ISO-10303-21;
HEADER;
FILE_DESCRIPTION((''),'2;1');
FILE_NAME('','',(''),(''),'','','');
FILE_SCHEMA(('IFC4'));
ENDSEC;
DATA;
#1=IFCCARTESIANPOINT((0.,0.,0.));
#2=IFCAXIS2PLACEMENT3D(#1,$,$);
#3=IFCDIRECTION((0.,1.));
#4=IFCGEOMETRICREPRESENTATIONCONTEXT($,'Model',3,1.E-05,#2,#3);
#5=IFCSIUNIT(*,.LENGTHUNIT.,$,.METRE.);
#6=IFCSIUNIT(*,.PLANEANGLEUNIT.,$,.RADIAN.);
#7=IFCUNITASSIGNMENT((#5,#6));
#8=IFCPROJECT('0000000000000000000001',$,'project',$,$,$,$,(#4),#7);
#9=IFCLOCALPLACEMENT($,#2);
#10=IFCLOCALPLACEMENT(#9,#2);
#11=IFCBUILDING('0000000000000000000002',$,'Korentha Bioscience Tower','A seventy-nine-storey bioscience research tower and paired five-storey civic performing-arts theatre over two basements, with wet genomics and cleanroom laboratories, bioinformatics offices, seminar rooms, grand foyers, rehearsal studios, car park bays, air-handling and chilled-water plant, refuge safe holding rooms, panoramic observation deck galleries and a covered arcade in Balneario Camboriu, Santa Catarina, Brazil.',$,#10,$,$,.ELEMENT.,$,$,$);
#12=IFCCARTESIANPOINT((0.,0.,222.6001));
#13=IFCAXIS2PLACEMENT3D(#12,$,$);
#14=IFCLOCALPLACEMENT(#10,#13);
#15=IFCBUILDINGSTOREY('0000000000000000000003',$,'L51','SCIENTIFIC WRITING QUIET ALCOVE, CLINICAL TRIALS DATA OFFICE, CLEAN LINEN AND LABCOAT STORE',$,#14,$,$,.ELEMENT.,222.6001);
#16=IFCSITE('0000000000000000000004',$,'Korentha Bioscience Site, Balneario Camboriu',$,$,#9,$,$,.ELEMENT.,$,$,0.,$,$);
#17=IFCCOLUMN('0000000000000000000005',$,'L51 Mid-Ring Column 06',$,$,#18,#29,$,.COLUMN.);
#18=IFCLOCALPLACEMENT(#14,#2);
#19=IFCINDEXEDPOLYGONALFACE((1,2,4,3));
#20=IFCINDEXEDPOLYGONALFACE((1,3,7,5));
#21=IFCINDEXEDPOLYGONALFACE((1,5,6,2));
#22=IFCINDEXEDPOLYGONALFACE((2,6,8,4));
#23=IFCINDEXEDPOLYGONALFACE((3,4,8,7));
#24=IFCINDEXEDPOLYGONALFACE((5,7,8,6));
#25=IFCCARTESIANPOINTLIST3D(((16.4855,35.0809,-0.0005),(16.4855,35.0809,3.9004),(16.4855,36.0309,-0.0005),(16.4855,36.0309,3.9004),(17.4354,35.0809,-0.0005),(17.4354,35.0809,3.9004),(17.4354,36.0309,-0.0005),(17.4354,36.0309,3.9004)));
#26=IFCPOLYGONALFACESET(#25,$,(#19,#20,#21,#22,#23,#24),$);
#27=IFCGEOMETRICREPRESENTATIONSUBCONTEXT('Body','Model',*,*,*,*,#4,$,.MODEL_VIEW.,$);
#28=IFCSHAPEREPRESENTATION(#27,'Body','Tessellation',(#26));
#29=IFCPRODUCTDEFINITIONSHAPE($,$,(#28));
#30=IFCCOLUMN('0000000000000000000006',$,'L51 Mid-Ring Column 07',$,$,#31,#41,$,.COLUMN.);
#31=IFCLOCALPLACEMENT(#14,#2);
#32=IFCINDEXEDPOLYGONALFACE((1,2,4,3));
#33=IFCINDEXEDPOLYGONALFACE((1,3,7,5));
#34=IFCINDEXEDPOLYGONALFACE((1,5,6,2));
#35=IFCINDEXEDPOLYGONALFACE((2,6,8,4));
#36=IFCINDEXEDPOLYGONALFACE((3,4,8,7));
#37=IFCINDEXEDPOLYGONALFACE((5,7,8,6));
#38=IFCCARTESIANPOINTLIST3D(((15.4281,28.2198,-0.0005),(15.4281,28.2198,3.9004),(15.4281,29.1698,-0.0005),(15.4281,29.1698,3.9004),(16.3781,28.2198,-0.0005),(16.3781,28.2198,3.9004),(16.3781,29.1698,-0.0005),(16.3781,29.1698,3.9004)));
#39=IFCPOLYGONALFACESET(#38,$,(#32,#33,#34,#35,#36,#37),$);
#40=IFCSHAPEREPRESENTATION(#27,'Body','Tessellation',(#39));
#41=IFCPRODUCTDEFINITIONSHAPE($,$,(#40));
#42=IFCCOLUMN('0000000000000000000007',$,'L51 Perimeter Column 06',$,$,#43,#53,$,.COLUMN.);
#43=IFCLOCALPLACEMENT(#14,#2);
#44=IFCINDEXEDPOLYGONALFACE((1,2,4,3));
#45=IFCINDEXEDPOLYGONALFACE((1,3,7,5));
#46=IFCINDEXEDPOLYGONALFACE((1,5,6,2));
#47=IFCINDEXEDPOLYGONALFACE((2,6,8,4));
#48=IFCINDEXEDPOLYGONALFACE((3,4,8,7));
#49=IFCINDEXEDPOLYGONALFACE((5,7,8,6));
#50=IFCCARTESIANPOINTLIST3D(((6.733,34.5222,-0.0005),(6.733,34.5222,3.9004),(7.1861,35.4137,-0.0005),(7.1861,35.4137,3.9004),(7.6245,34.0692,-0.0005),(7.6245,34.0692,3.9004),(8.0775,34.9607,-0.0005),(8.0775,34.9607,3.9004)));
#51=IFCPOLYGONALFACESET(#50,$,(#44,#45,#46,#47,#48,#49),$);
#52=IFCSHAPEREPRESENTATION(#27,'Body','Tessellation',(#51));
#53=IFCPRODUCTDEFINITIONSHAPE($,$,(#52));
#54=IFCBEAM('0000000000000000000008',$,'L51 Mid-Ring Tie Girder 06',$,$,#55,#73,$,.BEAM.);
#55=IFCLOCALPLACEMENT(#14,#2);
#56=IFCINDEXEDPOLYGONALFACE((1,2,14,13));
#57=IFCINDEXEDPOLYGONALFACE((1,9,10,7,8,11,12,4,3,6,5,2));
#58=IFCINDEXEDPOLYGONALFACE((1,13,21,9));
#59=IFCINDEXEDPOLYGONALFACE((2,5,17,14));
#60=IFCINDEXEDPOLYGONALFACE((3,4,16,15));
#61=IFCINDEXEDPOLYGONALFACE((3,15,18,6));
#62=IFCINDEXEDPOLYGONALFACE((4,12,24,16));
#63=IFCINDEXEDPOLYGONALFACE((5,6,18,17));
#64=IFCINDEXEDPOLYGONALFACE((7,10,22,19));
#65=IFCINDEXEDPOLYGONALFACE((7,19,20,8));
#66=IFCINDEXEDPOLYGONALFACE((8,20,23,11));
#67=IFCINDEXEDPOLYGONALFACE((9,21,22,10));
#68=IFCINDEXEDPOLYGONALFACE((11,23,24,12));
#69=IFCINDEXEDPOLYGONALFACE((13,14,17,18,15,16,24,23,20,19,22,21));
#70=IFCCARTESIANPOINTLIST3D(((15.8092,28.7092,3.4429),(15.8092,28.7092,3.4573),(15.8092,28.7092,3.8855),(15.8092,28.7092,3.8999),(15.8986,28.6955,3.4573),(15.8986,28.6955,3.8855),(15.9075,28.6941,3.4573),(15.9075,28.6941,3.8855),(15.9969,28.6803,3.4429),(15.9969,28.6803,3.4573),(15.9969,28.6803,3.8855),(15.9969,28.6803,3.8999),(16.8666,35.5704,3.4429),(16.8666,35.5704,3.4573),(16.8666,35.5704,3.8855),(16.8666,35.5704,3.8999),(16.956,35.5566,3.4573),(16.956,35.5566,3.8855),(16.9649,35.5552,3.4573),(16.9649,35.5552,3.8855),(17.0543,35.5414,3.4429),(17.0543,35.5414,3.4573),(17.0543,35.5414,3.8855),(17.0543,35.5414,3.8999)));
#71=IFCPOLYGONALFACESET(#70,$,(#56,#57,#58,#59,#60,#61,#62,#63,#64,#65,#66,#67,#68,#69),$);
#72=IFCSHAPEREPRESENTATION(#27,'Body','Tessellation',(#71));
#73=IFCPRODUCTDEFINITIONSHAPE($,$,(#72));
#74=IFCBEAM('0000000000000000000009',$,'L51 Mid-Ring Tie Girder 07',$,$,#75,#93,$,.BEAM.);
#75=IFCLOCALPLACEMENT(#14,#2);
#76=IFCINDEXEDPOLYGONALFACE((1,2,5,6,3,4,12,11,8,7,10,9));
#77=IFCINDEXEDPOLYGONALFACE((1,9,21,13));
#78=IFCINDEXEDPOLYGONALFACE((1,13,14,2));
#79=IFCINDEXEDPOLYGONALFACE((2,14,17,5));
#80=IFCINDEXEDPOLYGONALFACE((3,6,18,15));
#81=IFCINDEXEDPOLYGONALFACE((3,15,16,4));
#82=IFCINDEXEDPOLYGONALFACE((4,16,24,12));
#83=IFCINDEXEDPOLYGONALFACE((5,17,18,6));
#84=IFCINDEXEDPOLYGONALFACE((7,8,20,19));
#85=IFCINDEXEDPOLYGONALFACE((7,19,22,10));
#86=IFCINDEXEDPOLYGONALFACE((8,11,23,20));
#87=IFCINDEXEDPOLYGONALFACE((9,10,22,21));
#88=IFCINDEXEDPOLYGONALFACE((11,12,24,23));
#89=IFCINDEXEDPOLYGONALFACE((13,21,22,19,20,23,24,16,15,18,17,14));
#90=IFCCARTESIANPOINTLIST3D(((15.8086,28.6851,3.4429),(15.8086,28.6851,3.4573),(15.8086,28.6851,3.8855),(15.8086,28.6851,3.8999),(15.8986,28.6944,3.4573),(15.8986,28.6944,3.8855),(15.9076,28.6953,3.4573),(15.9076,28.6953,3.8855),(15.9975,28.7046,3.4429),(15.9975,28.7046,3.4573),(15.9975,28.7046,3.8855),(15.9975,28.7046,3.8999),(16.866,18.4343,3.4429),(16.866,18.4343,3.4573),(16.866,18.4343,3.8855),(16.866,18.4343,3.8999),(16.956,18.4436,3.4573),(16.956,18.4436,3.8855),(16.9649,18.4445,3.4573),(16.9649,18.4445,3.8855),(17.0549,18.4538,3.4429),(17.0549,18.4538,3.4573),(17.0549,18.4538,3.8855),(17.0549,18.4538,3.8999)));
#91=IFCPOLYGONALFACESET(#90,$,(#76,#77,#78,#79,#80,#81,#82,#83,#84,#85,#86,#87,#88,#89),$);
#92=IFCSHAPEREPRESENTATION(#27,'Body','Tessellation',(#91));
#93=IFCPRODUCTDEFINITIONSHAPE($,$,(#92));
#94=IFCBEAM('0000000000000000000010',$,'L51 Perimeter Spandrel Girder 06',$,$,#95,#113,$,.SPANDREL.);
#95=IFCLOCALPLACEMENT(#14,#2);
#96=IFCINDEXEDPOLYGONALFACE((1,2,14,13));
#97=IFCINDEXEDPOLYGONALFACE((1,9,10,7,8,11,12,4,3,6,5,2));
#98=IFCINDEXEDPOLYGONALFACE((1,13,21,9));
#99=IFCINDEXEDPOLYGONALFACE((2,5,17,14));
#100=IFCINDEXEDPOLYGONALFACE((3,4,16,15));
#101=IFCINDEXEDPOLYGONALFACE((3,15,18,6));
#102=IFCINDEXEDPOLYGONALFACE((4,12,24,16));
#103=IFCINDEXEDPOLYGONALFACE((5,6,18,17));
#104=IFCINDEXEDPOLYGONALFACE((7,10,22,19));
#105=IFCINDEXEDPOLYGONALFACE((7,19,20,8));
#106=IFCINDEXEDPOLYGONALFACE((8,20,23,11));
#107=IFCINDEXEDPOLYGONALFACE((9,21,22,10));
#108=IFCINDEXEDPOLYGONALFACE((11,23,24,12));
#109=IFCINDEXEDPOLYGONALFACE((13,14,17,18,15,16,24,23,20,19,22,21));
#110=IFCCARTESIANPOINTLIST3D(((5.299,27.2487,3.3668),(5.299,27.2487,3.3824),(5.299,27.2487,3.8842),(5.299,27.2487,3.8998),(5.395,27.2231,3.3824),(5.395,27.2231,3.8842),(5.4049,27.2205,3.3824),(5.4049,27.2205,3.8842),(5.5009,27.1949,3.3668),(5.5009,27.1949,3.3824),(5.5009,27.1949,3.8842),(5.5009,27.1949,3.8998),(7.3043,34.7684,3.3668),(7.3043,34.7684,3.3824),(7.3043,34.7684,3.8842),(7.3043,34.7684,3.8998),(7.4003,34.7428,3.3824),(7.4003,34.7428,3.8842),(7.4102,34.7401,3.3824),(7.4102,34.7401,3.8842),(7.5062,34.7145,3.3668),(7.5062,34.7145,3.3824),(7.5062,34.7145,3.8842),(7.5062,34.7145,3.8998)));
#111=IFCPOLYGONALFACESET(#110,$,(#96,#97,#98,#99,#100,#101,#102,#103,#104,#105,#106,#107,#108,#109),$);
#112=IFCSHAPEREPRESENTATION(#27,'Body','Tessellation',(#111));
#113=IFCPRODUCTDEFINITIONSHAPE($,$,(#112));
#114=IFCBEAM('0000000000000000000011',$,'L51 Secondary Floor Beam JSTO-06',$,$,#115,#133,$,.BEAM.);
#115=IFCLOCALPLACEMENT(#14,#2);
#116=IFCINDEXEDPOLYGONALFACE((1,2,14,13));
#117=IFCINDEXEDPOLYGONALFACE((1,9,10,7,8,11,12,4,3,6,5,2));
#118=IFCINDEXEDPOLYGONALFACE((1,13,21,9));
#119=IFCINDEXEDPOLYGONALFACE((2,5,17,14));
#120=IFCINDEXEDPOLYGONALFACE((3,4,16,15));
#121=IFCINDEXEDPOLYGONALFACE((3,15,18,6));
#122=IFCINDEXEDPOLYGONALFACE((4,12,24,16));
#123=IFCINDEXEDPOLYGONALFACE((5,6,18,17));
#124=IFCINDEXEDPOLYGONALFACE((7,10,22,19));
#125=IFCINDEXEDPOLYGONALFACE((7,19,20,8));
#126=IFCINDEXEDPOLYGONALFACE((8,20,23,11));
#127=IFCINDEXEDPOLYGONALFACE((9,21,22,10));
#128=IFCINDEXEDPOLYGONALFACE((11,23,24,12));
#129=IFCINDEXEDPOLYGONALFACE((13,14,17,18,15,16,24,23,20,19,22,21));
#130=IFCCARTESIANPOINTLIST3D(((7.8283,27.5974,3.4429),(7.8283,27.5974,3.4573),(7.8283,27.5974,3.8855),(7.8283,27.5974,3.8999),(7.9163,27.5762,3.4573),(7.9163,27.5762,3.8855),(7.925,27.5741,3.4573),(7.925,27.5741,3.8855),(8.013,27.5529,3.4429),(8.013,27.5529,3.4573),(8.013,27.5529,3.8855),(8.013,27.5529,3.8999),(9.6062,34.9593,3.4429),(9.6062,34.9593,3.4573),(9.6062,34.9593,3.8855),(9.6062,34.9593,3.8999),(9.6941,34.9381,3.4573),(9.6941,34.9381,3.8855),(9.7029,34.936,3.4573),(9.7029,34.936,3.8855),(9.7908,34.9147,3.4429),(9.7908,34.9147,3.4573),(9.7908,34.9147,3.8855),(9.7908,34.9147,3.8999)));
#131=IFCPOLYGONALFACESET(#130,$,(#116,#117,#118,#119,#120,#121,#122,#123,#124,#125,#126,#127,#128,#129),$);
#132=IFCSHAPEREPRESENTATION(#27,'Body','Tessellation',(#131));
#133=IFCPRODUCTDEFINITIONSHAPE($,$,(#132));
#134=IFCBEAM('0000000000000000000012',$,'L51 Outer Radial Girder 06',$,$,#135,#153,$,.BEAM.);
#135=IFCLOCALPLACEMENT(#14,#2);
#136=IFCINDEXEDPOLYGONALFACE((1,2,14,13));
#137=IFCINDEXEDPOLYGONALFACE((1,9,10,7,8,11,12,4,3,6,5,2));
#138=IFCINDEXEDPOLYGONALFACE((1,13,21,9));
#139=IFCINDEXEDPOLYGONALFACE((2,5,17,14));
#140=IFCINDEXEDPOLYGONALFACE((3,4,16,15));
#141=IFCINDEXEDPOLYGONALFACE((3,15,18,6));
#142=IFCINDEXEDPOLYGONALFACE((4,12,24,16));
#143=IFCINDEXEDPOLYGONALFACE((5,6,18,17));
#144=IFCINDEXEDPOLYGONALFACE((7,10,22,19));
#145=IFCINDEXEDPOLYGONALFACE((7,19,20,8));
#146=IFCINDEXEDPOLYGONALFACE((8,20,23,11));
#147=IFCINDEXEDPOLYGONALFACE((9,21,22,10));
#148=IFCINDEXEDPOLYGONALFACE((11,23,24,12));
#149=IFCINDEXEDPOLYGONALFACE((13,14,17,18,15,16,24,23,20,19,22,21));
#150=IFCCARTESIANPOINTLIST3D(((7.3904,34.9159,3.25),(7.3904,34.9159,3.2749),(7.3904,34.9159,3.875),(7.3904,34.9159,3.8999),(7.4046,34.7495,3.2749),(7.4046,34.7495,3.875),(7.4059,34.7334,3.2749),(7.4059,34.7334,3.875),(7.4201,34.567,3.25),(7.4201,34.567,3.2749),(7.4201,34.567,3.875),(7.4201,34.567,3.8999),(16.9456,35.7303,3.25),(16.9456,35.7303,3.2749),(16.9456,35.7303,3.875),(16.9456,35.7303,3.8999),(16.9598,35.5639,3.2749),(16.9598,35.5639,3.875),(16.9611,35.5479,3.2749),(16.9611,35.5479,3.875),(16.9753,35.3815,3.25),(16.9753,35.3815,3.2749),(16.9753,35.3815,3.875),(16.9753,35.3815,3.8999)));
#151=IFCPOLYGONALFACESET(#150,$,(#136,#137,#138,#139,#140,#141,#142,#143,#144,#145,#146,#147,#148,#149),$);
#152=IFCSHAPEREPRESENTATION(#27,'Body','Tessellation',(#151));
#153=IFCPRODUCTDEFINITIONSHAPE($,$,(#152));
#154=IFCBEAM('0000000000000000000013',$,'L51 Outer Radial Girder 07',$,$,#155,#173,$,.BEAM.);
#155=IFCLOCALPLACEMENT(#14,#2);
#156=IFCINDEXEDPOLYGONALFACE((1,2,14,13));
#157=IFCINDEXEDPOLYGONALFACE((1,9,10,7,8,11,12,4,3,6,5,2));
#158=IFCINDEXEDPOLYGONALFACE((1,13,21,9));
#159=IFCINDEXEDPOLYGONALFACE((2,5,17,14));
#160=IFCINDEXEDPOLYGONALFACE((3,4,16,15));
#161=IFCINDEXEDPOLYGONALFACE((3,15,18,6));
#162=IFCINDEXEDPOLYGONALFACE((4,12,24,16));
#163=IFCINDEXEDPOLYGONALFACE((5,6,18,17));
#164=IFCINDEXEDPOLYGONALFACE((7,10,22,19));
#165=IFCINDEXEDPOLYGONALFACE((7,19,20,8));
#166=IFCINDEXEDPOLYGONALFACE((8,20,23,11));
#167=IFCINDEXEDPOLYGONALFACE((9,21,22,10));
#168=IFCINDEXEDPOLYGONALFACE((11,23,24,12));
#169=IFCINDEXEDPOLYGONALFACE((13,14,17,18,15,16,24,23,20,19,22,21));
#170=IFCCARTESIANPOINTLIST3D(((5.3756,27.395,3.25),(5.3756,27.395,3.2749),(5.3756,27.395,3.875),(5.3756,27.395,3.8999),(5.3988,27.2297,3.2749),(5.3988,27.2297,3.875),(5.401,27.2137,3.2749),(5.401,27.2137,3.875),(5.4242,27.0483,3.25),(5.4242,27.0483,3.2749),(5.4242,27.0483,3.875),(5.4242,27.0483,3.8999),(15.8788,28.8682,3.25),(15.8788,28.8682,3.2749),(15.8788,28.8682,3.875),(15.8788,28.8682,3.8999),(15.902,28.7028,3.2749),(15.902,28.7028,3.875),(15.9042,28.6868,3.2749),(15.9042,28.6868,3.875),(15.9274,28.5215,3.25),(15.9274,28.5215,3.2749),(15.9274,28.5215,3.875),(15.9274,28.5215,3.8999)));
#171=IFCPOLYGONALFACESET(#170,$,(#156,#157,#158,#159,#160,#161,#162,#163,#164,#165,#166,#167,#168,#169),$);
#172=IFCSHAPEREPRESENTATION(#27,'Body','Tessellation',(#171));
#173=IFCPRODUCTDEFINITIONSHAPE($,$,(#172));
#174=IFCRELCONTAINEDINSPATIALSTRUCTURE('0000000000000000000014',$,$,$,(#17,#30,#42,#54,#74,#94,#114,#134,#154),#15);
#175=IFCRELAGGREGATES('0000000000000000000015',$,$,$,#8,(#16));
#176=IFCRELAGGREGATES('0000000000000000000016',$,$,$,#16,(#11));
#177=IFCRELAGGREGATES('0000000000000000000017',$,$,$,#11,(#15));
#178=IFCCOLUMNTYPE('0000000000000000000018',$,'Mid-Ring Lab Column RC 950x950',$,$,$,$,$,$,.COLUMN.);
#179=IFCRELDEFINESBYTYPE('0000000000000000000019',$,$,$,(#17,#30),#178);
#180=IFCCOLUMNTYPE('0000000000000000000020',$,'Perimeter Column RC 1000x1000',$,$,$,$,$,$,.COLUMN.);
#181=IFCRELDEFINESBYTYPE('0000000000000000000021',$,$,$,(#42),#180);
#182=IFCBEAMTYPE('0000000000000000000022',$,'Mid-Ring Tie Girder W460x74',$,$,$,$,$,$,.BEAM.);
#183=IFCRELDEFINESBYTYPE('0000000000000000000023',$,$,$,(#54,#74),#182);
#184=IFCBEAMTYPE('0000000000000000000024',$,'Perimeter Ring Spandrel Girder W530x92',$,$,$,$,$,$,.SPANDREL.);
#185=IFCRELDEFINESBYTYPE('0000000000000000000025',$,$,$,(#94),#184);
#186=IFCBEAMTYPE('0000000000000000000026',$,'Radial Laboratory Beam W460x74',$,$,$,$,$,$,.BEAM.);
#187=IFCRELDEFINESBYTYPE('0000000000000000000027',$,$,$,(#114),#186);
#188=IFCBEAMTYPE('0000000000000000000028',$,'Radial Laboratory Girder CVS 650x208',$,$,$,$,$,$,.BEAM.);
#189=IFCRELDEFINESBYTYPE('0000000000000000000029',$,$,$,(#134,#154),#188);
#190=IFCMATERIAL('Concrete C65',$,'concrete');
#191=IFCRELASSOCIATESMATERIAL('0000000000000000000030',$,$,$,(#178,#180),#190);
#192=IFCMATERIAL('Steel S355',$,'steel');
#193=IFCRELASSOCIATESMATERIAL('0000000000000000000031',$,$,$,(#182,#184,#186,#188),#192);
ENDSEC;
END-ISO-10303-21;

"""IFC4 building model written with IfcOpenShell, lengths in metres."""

from ifc_helpers import new_model, si_unit, direction, frame, origin, origin_2d, place, context, subcontext, project, spatial, rectangle, i_section, extrude, material, material_profile, profile_set, type_object, element, save


model = new_model("IFC4")

# Units and contexts
model_context = context("Model", 3, precision=1e-05, world=origin(), true_north=direction((0.0, 1.0)))
body_context = subcontext(model_context, "Body", "Model", "MODEL_VIEW")
ifc_project = project(units=[si_unit("LENGTHUNIT", "METRE"), si_unit("PLANEANGLEUNIT", "RADIAN")], contexts=[model_context])

# Site, building, storey
site_placement = place(None, origin())
site = spatial("IfcSite", under=ifc_project, at=site_placement, Name="Korentha Bioscience Site, Balneario Camboriu", CompositionType="ELEMENT", RefElevation=0.0)
building_placement = place(site_placement, origin())
building = spatial("IfcBuilding", under=site, at=building_placement, Name="Korentha Bioscience Tower", Description="A seventy-nine-storey bioscience research tower and paired five-storey civic performing-arts theatre over two basements, with wet genomics and cleanroom laboratories, bioinformatics offices, seminar rooms, grand foyers, rehearsal studios, car park bays, air-handling and chilled-water plant, refuge safe holding rooms, panoramic observation deck galleries and a covered arcade in Balneario Camboriu, Santa Catarina, Brazil.", CompositionType="ELEMENT")
storey_placement = place(building_placement, frame((0.0, 0.0, 222.6001)))
storey = spatial("IfcBuildingStorey", under=building, at=storey_placement, Name="L51", Description="SCIENTIFIC WRITING QUIET ALCOVE, CLINICAL TRIALS DATA OFFICE, CLEAN LINEN AND LABCOAT STORE", CompositionType="ELEMENT", Elevation=222.6001)

# Columns
ifc_material_1 = material(Name="Concrete C65", Category="concrete")
ifc_material_profile_1 = material_profile(ifc_material_1, rectangle(XDim=0.95, YDim=0.95, at=origin_2d()), Name="Concrete C65")
ifc_profile_set_1 = profile_set([ifc_material_profile_1], Name="Concrete C65 (COL-MR09)")
column_type_1 = type_object("IfcColumnType", Name="Mid-Ring Lab Column RC 950x950", PredefinedType="COLUMN", material=ifc_profile_set_1)
for number, where, z_axis, x_axis, name in (
    (1, (16.9604, 35.5559, -0.0005), (0.0, 0.0, 1.0), (1.0, 0.0, 0.0), "L51 Mid-Ring Column 06"),
    (2, (15.9031, 28.6948, -0.0005), (0.0, 0.0, 1.0), (1.0, 0.0, 0.0), "L51 Mid-Ring Column 07"),
):
    element("IfcColumn", number, at=place(storey_placement, frame(where, z_axis=z_axis, x_axis=x_axis)), inside=storey, type_object=column_type_1, Name=name, PredefinedType="COLUMN", context=body_context, shape_type="SweptSolid", body=[
        extrude(rectangle(XDim=0.95, YDim=0.95, at=origin_2d()), origin(), (0.0, 0.0, 1.0), 3.9009),
    ])
ifc_material_profile_2 = material_profile(ifc_material_1, rectangle(XDim=1.0, YDim=1.0, at=origin_2d()), Name="Concrete C65")
ifc_profile_set_2 = profile_set([ifc_material_profile_2], Name="Concrete C65 (COL-P10)")
column_type_2 = type_object("IfcColumnType", Name="Perimeter Column RC 1000x1000", PredefinedType="COLUMN", material=ifc_profile_set_2)
column_placement = place(storey_placement, frame((7.4053, 34.7415, -0.0005), z_axis=(0.0, 0.0, 1.0), x_axis=(0.453057, 0.891481, 0.0)))
element("IfcColumn", 3, at=column_placement, inside=storey, type_object=column_type_2, Name="L51 Perimeter Column 06", PredefinedType="COLUMN", context=body_context, shape_type="SweptSolid", body=[
    extrude(rectangle(XDim=1.0, YDim=1.0, at=origin_2d()), origin(), (0.0, 0.0, 1.0), 3.9009),
])

# Beams
ifc_material_2 = material(Name="Steel S355", Category="steel")
ifc_material_profile_3 = material_profile(ifc_material_2, i_section(OverallWidth=0.1899, OverallDepth=0.457, WebThickness=0.009, FlangeThickness=0.0144, at=origin_2d()), Name="Steel S355")
ifc_profile_set_3 = profile_set([ifc_material_profile_3], Name="Steel S355 (MB-460)")
beam_type_1 = type_object("IfcBeamType", Name="Mid-Ring Tie Girder W460x74", PredefinedType="BEAM", material=ifc_profile_set_3)
beam_1_placement = place(storey_placement, frame((16.9604, 35.5559, 3.6714), z_axis=(-0.152314, -0.988332, 0.0), x_axis=(0.988332, -0.152314, 0.0)))
element("IfcBeam", 4, at=beam_1_placement, inside=storey, type_object=beam_type_1, Name="L51 Mid-Ring Tie Girder 06", PredefinedType="BEAM", context=body_context, shape_type="SweptSolid", body=[
    extrude(i_section(OverallWidth=0.1899, OverallDepth=0.457, WebThickness=0.009, FlangeThickness=0.0144, at=origin_2d()), origin(), (0.0, 0.0, 1.0), 6.9421),
])
beam_2_placement = place(storey_placement, frame((15.9031, 28.6948, 3.6714), z_axis=(0.102607, -0.994722, 0.0), x_axis=(0.994722, 0.102607, 0.0)))
element("IfcBeam", 5, at=beam_2_placement, inside=storey, type_object=beam_type_1, Name="L51 Mid-Ring Tie Girder 07", PredefinedType="BEAM", context=body_context, shape_type="SweptSolid", body=[
    extrude(i_section(OverallWidth=0.1899, OverallDepth=0.457, WebThickness=0.009, FlangeThickness=0.0144, at=origin_2d()), origin(), (0.0, 0.0, 1.0), 10.3052),
])
ifc_material_profile_4 = material_profile(ifc_material_2, i_section(OverallWidth=0.209, OverallDepth=0.533, WebThickness=0.0103, FlangeThickness=0.0156, at=origin_2d()), Name="Steel S355")
ifc_profile_set_4 = profile_set([ifc_material_profile_4], Name="Steel S355 (SB-530)")
beam_type_2 = type_object("IfcBeamType", Name="Perimeter Ring Spandrel Girder W530x92", PredefinedType="SPANDREL", material=ifc_profile_set_4)
beam_3_placement = place(storey_placement, frame((7.4053, 34.7415, 3.6333), z_axis=(-0.257674, -0.966232, 0.0), x_axis=(0.966232, -0.257674, 0.0)))
element("IfcBeam", 6, at=beam_3_placement, inside=storey, type_object=beam_type_2, Name="L51 Perimeter Spandrel Girder 06", PredefinedType="SPANDREL", context=body_context, shape_type="SweptSolid", body=[
    extrude(i_section(OverallWidth=0.209, OverallDepth=0.533, WebThickness=0.0103, FlangeThickness=0.0156, at=origin_2d()), origin(), (0.0, 0.0, 1.0), 7.7825),
])
ifc_material_profile_5 = material_profile(ifc_material_2, i_section(OverallWidth=0.1899, OverallDepth=0.457, WebThickness=0.009, FlangeThickness=0.0144, at=origin_2d()), Name="Steel S355")
ifc_profile_set_5 = profile_set([ifc_material_profile_5], Name="Steel S355 (RB-460)")
beam_type_3 = type_object("IfcBeamType", Name="Radial Laboratory Beam W460x74", PredefinedType="BEAM", material=ifc_profile_set_5)
beam_4_placement = place(storey_placement, frame((9.6985, 34.937, 3.6714), z_axis=(-0.234746, -0.972057, 0.0), x_axis=(0.972057, -0.234746, 0.0)))
element("IfcBeam", 7, at=beam_4_placement, inside=storey, type_object=beam_type_3, Name="L51 Secondary Floor Beam JSTO-06", PredefinedType="BEAM", context=body_context, shape_type="SweptSolid", body=[
    extrude(i_section(OverallWidth=0.1899, OverallDepth=0.457, WebThickness=0.009, FlangeThickness=0.0144, at=origin_2d()), origin(), (0.0, 0.0, 1.0), 7.5735),
])
ifc_material_profile_6 = material_profile(ifc_material_2, i_section(OverallWidth=0.3501, OverallDepth=0.6499, WebThickness=0.0161, FlangeThickness=0.0249, at=origin_2d()), Name="Steel S355")
ifc_profile_set_6 = profile_set([ifc_material_profile_6], Name="Steel S355 (RB-650)")
beam_type_4 = type_object("IfcBeamType", Name="Radial Laboratory Girder CVS 650x208", PredefinedType="BEAM", material=ifc_profile_set_6)
beam_5_placement = place(storey_placement, frame((16.9604, 35.5559, 3.575), z_axis=(-0.996387, -0.084929, 0.0), x_axis=(0.084929, -0.996387, 0.0)))
element("IfcBeam", 8, at=beam_5_placement, inside=storey, type_object=beam_type_4, Name="L51 Outer Radial Girder 06", PredefinedType="BEAM", context=body_context, shape_type="SweptSolid", body=[
    extrude(i_section(OverallWidth=0.3501, OverallDepth=0.6499, WebThickness=0.0161, FlangeThickness=0.0249, at=origin_2d()), origin(), (0.0, 0.0, 1.0), 9.5898),
])
beam_6_placement = place(storey_placement, frame((15.9031, 28.6948, 3.575), z_axis=(-0.990307, -0.138898, 0.0), x_axis=(0.138898, -0.990307, 0.0)))
element("IfcBeam", 9, at=beam_6_placement, inside=storey, type_object=beam_type_4, Name="L51 Outer Radial Girder 07", PredefinedType="BEAM", context=body_context, shape_type="SweptSolid", body=[
    extrude(i_section(OverallWidth=0.3501, OverallDepth=0.6499, WebThickness=0.0161, FlangeThickness=0.0249, at=origin_2d()), origin(), (0.0, 0.0, 1.0), 10.606),
])

save(model, "model.ifc")
